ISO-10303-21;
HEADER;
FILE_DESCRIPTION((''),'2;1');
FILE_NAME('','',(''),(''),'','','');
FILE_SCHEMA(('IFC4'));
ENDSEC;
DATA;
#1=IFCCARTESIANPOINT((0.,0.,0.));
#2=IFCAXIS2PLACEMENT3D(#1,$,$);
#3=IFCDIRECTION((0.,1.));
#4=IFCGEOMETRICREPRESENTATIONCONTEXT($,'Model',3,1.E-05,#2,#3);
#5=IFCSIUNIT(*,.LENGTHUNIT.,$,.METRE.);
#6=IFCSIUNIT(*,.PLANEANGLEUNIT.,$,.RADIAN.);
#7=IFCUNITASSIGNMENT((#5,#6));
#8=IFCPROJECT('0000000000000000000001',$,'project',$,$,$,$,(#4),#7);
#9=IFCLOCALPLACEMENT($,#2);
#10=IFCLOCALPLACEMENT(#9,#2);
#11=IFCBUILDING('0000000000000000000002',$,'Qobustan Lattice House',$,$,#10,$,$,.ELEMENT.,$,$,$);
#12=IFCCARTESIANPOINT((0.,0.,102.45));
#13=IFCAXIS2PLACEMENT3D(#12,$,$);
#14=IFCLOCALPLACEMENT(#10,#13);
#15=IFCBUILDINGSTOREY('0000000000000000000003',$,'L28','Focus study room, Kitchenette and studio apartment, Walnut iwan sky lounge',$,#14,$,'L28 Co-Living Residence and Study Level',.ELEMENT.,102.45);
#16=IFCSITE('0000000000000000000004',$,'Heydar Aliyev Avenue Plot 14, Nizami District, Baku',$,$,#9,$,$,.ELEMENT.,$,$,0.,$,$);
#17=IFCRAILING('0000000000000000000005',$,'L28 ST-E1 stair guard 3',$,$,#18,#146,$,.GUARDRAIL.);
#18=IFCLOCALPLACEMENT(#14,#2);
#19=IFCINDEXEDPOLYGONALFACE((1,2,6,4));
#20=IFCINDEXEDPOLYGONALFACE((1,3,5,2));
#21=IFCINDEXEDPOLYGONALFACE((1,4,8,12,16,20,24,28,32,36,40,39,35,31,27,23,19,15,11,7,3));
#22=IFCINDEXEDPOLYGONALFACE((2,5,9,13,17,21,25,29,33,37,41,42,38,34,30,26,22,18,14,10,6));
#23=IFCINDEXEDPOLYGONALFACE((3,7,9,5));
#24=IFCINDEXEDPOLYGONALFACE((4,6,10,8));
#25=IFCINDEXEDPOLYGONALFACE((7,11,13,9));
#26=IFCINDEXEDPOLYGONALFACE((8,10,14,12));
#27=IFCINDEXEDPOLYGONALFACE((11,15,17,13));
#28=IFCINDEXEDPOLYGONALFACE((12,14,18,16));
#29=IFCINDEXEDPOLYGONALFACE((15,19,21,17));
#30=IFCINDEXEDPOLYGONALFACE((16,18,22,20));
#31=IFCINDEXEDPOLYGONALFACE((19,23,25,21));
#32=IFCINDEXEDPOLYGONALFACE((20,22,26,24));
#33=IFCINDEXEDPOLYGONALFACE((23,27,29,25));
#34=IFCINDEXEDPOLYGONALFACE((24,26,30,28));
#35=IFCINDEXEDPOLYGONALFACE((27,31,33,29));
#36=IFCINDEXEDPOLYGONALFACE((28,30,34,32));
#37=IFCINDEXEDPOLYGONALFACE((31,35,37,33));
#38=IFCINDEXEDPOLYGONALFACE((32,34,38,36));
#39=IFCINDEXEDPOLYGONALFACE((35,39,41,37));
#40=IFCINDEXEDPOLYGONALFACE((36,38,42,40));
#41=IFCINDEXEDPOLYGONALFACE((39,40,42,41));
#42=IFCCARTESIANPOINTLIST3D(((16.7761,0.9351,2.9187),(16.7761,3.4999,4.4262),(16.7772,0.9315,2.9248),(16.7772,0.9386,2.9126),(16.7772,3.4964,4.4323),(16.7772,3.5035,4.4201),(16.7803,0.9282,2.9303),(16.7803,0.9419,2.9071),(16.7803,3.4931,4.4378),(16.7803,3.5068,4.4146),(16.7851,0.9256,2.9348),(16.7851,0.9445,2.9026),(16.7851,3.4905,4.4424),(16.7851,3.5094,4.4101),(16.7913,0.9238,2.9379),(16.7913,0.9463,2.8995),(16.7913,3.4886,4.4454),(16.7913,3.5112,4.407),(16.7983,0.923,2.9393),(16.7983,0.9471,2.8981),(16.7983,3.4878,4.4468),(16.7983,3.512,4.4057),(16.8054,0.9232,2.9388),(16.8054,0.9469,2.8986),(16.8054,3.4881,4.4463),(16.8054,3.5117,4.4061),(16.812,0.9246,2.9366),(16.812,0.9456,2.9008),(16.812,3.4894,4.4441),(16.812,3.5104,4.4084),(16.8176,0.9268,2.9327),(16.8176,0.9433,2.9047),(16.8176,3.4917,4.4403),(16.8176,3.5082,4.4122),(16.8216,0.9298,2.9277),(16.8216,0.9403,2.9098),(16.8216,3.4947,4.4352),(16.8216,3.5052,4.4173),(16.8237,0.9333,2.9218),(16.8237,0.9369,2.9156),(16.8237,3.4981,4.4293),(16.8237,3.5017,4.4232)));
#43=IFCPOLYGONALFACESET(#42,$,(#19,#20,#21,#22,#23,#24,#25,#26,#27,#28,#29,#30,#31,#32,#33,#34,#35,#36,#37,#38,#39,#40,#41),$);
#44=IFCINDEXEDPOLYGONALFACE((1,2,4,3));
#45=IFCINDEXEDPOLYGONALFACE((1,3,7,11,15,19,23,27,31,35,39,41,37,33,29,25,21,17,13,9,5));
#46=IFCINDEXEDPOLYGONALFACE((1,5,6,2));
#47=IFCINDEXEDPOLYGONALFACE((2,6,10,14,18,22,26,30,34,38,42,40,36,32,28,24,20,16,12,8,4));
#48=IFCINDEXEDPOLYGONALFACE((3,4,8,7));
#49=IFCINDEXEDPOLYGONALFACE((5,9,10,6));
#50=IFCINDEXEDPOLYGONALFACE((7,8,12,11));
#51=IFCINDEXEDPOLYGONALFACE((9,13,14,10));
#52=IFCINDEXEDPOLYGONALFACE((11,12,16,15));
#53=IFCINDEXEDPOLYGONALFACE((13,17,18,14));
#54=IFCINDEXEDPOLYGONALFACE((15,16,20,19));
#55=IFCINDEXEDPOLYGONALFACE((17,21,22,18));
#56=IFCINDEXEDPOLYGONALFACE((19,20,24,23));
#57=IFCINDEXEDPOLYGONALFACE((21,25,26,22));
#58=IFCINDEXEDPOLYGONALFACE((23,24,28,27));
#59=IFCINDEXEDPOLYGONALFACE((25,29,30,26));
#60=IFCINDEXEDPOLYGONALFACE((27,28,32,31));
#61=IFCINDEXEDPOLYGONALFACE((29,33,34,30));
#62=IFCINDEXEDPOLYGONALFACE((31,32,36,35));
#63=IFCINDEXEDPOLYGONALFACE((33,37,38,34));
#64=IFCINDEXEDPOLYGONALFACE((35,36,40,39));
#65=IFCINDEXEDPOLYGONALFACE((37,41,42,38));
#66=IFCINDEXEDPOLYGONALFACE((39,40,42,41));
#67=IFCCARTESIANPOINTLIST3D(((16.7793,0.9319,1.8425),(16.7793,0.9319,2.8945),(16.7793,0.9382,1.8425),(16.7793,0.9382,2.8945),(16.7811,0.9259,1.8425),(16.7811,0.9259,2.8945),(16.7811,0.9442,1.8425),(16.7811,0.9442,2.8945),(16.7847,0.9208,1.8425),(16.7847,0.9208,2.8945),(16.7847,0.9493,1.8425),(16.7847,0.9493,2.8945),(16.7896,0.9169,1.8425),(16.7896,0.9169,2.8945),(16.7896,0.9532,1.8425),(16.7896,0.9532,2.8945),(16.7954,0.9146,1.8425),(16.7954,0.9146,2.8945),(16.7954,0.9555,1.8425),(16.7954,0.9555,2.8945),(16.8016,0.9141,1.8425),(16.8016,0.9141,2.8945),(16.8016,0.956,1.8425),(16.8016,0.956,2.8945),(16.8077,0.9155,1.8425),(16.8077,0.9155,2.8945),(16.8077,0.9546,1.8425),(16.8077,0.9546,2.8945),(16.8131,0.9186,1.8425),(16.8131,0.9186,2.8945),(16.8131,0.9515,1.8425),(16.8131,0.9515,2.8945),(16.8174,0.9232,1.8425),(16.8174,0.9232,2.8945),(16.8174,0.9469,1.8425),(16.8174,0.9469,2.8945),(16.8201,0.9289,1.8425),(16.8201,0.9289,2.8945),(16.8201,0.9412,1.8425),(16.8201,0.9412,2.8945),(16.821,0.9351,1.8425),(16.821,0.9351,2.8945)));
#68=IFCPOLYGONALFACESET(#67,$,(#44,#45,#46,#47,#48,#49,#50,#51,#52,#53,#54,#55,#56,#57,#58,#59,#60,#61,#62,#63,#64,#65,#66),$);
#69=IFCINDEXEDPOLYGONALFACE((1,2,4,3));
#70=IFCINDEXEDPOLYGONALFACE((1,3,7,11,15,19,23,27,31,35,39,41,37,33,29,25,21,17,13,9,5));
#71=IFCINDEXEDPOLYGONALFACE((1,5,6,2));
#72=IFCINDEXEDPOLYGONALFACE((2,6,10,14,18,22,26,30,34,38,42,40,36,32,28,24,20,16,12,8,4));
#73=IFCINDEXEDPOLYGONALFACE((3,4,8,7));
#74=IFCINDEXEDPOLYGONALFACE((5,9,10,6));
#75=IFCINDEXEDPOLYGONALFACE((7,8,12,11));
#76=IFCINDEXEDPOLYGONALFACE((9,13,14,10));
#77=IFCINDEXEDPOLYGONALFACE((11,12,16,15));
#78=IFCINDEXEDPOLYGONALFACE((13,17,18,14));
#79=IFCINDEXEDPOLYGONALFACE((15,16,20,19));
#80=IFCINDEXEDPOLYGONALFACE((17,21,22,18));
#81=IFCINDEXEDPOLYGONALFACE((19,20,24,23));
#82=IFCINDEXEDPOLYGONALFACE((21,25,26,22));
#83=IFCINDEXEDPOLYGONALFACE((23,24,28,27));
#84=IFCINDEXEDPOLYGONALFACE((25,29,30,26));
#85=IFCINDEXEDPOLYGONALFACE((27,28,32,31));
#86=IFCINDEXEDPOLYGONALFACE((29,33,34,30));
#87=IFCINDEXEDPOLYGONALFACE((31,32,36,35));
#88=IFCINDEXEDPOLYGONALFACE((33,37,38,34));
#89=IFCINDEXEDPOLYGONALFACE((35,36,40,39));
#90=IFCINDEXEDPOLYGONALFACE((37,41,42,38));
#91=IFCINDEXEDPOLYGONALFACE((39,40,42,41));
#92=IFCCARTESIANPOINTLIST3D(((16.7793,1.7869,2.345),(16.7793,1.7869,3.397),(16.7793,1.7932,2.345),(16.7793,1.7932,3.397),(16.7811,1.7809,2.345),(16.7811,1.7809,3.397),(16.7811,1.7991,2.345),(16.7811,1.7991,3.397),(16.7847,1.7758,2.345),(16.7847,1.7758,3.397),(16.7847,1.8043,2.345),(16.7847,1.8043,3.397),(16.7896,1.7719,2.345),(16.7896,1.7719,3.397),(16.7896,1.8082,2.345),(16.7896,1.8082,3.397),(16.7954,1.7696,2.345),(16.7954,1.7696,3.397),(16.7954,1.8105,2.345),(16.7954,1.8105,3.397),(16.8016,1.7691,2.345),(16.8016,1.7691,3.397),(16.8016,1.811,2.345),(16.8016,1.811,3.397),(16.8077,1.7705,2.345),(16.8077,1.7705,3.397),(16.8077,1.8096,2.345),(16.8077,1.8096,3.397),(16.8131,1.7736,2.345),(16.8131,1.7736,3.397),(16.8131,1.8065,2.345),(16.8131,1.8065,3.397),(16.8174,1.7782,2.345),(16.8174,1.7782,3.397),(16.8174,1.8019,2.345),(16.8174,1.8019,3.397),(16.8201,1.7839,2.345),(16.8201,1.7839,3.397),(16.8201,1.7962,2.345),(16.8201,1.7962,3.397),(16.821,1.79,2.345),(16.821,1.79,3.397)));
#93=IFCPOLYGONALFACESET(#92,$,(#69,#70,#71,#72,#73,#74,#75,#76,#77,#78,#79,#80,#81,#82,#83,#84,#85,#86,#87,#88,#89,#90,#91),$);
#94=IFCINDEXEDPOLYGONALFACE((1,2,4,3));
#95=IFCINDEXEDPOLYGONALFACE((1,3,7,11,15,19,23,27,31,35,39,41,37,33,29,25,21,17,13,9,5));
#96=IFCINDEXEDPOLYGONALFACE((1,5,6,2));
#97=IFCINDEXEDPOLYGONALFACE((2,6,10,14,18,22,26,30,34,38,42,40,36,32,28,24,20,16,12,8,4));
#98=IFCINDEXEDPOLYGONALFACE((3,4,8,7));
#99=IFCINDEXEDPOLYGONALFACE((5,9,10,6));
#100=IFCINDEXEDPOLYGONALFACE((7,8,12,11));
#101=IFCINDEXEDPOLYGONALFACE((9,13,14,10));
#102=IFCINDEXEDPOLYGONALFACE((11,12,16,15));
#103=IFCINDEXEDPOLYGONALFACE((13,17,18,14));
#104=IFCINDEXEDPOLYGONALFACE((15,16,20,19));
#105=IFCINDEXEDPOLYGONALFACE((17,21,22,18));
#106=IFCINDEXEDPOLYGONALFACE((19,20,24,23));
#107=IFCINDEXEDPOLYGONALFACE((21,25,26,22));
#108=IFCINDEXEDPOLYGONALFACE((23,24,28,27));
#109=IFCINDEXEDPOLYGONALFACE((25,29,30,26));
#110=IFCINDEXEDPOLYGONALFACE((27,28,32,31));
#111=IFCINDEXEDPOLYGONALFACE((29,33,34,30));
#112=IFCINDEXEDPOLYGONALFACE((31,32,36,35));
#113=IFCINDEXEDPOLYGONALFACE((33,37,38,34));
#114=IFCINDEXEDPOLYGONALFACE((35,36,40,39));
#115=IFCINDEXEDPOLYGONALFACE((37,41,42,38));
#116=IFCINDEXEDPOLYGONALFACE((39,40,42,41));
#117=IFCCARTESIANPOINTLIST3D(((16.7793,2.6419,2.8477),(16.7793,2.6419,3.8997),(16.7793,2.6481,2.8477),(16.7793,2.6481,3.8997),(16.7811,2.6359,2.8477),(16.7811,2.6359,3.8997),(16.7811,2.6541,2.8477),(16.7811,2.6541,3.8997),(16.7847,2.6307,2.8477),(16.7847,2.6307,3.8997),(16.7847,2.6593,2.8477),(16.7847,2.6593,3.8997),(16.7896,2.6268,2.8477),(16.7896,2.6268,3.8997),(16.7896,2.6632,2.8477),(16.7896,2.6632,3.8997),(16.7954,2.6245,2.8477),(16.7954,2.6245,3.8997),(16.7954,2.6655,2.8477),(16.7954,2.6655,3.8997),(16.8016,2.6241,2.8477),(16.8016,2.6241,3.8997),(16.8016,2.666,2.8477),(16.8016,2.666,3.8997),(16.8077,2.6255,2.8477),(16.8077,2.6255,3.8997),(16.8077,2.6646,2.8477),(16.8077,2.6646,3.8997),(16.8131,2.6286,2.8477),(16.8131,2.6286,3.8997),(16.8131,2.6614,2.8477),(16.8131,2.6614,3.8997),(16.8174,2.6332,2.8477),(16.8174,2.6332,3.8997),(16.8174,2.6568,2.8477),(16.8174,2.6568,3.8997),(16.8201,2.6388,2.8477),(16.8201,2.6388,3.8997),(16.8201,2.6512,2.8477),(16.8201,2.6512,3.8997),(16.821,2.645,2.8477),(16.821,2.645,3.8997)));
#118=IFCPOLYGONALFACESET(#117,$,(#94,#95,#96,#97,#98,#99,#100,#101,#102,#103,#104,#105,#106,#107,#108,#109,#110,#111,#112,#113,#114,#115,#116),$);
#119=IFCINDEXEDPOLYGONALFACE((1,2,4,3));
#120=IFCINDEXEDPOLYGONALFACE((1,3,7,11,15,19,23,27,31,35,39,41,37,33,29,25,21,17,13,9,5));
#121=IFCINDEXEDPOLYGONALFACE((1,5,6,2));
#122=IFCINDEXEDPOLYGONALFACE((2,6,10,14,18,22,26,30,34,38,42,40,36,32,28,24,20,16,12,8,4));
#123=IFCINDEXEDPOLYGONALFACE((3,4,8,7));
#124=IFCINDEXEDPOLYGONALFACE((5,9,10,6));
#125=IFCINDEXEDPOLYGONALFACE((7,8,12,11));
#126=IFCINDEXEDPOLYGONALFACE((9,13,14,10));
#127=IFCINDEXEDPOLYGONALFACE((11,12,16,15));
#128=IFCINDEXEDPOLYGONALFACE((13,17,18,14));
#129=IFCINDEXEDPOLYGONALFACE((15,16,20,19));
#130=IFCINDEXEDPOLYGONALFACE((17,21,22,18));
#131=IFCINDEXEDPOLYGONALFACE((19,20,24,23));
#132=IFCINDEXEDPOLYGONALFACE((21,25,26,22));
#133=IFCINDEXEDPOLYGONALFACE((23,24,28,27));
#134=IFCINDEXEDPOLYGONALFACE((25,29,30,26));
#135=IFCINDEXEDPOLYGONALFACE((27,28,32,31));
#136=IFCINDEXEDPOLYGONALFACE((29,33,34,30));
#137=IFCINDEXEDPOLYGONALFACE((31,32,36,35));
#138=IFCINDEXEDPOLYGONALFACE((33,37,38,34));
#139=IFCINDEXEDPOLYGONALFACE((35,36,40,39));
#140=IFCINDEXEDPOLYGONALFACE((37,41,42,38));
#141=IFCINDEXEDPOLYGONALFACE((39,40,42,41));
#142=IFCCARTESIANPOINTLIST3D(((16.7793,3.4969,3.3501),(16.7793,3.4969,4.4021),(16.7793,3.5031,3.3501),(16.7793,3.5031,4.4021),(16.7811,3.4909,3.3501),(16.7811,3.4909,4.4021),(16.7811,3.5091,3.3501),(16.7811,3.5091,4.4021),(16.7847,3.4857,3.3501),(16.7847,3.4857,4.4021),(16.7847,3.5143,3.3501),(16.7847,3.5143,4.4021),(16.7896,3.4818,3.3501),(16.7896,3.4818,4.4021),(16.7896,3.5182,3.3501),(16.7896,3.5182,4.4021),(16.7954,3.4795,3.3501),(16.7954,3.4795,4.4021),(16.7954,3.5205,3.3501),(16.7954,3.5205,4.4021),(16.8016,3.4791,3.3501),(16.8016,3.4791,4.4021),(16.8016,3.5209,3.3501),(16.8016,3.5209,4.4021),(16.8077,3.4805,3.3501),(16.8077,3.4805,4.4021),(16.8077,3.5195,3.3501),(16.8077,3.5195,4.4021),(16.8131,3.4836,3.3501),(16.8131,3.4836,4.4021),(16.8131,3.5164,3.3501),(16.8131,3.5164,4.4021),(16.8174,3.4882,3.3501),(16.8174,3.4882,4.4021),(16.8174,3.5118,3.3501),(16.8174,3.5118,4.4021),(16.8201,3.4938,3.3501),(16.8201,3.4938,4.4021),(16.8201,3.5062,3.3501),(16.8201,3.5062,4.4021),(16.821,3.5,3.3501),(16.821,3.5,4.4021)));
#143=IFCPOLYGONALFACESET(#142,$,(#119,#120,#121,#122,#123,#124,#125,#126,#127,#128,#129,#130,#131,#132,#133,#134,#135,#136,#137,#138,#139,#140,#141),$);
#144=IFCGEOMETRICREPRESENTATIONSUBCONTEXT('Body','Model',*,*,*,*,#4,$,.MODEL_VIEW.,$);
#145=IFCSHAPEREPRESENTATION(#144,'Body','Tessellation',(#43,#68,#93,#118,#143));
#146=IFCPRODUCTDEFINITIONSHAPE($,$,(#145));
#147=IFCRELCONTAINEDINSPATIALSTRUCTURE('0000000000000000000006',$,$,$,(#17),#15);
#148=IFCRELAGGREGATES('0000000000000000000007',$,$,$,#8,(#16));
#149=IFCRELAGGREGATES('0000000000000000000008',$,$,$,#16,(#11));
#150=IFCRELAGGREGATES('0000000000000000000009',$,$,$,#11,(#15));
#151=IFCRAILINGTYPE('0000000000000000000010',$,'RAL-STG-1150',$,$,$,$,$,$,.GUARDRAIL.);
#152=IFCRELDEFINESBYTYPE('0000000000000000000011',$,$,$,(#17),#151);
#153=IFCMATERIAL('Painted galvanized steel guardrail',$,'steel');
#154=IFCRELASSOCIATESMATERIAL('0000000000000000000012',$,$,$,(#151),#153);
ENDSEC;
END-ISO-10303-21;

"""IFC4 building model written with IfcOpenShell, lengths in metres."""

from ifc_helpers import new_model, si_unit, direction, frame, origin, origin_2d, place, context, subcontext, project, spatial, circle, extrude, material, type_object, element, save


model = new_model("IFC4")

# Units and contexts
model_context = context("Model", 3, precision=1e-05, world=origin(), true_north=direction((0.0, 1.0)))
body_context = subcontext(model_context, "Body", "Model", "MODEL_VIEW")
ifc_project = project(units=[si_unit("LENGTHUNIT", "METRE"), si_unit("PLANEANGLEUNIT", "RADIAN")], contexts=[model_context])

# Site, building, storey
site_placement = place(None, origin())
site = spatial("IfcSite", under=ifc_project, at=site_placement, Name="Heydar Aliyev Avenue Plot 14, Nizami District, Baku", CompositionType="ELEMENT", RefElevation=0.0)
building_placement = place(site_placement, origin())
building = spatial("IfcBuilding", under=site, at=building_placement, Name="Qobustan Lattice House", CompositionType="ELEMENT")
storey_placement = place(building_placement, frame((0.0, 0.0, 102.45)))
storey = spatial("IfcBuildingStorey", under=building, at=storey_placement, Name="L28", Description="Focus study room, Kitchenette and studio apartment, Walnut iwan sky lounge", LongName="L28 Co-Living Residence and Study Level", CompositionType="ELEMENT", Elevation=102.45)

# Railing
ifc_material_1 = material(Name="Painted galvanized steel guardrail", Category="steel")
railing_type_1 = type_object("IfcRailingType", Name="RAL-STG-1150", PredefinedType="GUARDRAIL", material=ifc_material_1)
railing_1_placement = place(storey_placement, frame((16.8, 0.9351, 1.8425)))
element("IfcRailing", 1, at=railing_1_placement, inside=storey, type_object=railing_type_1, Name="L28 ST-E1 stair guard 3", PredefinedType="GUARDRAIL", context=body_context, shape_type="SweptSolid", body=[
    extrude(circle(Radius=0.0239, at=origin_2d()), frame((0.0, 0.0, 1.0762), z_axis=(0.0, 0.862113, 0.506715), x_axis=(-1.0, 0.0, 0.0)), (0.0, 0.0, 1.0), 2.9751),
    extrude(circle(Radius=0.021, at=origin_2d()), origin(), (0.0, 0.0, 1.0), 1.052),
    extrude(circle(Radius=0.021, at=origin_2d()), frame((0.0, 0.855, 0.5024)), (0.0, 0.0, 1.0), 1.052),
    extrude(circle(Radius=0.021, at=origin_2d()), frame((0.0, 1.71, 1.0051)), (0.0, 0.0, 1.0), 1.052),
    extrude(circle(Radius=0.021, at=origin_2d()), frame((0.0, 2.5649, 1.5076)), (0.0, 0.0, 1.0), 1.052),
])

save(model, "model.ifc")
